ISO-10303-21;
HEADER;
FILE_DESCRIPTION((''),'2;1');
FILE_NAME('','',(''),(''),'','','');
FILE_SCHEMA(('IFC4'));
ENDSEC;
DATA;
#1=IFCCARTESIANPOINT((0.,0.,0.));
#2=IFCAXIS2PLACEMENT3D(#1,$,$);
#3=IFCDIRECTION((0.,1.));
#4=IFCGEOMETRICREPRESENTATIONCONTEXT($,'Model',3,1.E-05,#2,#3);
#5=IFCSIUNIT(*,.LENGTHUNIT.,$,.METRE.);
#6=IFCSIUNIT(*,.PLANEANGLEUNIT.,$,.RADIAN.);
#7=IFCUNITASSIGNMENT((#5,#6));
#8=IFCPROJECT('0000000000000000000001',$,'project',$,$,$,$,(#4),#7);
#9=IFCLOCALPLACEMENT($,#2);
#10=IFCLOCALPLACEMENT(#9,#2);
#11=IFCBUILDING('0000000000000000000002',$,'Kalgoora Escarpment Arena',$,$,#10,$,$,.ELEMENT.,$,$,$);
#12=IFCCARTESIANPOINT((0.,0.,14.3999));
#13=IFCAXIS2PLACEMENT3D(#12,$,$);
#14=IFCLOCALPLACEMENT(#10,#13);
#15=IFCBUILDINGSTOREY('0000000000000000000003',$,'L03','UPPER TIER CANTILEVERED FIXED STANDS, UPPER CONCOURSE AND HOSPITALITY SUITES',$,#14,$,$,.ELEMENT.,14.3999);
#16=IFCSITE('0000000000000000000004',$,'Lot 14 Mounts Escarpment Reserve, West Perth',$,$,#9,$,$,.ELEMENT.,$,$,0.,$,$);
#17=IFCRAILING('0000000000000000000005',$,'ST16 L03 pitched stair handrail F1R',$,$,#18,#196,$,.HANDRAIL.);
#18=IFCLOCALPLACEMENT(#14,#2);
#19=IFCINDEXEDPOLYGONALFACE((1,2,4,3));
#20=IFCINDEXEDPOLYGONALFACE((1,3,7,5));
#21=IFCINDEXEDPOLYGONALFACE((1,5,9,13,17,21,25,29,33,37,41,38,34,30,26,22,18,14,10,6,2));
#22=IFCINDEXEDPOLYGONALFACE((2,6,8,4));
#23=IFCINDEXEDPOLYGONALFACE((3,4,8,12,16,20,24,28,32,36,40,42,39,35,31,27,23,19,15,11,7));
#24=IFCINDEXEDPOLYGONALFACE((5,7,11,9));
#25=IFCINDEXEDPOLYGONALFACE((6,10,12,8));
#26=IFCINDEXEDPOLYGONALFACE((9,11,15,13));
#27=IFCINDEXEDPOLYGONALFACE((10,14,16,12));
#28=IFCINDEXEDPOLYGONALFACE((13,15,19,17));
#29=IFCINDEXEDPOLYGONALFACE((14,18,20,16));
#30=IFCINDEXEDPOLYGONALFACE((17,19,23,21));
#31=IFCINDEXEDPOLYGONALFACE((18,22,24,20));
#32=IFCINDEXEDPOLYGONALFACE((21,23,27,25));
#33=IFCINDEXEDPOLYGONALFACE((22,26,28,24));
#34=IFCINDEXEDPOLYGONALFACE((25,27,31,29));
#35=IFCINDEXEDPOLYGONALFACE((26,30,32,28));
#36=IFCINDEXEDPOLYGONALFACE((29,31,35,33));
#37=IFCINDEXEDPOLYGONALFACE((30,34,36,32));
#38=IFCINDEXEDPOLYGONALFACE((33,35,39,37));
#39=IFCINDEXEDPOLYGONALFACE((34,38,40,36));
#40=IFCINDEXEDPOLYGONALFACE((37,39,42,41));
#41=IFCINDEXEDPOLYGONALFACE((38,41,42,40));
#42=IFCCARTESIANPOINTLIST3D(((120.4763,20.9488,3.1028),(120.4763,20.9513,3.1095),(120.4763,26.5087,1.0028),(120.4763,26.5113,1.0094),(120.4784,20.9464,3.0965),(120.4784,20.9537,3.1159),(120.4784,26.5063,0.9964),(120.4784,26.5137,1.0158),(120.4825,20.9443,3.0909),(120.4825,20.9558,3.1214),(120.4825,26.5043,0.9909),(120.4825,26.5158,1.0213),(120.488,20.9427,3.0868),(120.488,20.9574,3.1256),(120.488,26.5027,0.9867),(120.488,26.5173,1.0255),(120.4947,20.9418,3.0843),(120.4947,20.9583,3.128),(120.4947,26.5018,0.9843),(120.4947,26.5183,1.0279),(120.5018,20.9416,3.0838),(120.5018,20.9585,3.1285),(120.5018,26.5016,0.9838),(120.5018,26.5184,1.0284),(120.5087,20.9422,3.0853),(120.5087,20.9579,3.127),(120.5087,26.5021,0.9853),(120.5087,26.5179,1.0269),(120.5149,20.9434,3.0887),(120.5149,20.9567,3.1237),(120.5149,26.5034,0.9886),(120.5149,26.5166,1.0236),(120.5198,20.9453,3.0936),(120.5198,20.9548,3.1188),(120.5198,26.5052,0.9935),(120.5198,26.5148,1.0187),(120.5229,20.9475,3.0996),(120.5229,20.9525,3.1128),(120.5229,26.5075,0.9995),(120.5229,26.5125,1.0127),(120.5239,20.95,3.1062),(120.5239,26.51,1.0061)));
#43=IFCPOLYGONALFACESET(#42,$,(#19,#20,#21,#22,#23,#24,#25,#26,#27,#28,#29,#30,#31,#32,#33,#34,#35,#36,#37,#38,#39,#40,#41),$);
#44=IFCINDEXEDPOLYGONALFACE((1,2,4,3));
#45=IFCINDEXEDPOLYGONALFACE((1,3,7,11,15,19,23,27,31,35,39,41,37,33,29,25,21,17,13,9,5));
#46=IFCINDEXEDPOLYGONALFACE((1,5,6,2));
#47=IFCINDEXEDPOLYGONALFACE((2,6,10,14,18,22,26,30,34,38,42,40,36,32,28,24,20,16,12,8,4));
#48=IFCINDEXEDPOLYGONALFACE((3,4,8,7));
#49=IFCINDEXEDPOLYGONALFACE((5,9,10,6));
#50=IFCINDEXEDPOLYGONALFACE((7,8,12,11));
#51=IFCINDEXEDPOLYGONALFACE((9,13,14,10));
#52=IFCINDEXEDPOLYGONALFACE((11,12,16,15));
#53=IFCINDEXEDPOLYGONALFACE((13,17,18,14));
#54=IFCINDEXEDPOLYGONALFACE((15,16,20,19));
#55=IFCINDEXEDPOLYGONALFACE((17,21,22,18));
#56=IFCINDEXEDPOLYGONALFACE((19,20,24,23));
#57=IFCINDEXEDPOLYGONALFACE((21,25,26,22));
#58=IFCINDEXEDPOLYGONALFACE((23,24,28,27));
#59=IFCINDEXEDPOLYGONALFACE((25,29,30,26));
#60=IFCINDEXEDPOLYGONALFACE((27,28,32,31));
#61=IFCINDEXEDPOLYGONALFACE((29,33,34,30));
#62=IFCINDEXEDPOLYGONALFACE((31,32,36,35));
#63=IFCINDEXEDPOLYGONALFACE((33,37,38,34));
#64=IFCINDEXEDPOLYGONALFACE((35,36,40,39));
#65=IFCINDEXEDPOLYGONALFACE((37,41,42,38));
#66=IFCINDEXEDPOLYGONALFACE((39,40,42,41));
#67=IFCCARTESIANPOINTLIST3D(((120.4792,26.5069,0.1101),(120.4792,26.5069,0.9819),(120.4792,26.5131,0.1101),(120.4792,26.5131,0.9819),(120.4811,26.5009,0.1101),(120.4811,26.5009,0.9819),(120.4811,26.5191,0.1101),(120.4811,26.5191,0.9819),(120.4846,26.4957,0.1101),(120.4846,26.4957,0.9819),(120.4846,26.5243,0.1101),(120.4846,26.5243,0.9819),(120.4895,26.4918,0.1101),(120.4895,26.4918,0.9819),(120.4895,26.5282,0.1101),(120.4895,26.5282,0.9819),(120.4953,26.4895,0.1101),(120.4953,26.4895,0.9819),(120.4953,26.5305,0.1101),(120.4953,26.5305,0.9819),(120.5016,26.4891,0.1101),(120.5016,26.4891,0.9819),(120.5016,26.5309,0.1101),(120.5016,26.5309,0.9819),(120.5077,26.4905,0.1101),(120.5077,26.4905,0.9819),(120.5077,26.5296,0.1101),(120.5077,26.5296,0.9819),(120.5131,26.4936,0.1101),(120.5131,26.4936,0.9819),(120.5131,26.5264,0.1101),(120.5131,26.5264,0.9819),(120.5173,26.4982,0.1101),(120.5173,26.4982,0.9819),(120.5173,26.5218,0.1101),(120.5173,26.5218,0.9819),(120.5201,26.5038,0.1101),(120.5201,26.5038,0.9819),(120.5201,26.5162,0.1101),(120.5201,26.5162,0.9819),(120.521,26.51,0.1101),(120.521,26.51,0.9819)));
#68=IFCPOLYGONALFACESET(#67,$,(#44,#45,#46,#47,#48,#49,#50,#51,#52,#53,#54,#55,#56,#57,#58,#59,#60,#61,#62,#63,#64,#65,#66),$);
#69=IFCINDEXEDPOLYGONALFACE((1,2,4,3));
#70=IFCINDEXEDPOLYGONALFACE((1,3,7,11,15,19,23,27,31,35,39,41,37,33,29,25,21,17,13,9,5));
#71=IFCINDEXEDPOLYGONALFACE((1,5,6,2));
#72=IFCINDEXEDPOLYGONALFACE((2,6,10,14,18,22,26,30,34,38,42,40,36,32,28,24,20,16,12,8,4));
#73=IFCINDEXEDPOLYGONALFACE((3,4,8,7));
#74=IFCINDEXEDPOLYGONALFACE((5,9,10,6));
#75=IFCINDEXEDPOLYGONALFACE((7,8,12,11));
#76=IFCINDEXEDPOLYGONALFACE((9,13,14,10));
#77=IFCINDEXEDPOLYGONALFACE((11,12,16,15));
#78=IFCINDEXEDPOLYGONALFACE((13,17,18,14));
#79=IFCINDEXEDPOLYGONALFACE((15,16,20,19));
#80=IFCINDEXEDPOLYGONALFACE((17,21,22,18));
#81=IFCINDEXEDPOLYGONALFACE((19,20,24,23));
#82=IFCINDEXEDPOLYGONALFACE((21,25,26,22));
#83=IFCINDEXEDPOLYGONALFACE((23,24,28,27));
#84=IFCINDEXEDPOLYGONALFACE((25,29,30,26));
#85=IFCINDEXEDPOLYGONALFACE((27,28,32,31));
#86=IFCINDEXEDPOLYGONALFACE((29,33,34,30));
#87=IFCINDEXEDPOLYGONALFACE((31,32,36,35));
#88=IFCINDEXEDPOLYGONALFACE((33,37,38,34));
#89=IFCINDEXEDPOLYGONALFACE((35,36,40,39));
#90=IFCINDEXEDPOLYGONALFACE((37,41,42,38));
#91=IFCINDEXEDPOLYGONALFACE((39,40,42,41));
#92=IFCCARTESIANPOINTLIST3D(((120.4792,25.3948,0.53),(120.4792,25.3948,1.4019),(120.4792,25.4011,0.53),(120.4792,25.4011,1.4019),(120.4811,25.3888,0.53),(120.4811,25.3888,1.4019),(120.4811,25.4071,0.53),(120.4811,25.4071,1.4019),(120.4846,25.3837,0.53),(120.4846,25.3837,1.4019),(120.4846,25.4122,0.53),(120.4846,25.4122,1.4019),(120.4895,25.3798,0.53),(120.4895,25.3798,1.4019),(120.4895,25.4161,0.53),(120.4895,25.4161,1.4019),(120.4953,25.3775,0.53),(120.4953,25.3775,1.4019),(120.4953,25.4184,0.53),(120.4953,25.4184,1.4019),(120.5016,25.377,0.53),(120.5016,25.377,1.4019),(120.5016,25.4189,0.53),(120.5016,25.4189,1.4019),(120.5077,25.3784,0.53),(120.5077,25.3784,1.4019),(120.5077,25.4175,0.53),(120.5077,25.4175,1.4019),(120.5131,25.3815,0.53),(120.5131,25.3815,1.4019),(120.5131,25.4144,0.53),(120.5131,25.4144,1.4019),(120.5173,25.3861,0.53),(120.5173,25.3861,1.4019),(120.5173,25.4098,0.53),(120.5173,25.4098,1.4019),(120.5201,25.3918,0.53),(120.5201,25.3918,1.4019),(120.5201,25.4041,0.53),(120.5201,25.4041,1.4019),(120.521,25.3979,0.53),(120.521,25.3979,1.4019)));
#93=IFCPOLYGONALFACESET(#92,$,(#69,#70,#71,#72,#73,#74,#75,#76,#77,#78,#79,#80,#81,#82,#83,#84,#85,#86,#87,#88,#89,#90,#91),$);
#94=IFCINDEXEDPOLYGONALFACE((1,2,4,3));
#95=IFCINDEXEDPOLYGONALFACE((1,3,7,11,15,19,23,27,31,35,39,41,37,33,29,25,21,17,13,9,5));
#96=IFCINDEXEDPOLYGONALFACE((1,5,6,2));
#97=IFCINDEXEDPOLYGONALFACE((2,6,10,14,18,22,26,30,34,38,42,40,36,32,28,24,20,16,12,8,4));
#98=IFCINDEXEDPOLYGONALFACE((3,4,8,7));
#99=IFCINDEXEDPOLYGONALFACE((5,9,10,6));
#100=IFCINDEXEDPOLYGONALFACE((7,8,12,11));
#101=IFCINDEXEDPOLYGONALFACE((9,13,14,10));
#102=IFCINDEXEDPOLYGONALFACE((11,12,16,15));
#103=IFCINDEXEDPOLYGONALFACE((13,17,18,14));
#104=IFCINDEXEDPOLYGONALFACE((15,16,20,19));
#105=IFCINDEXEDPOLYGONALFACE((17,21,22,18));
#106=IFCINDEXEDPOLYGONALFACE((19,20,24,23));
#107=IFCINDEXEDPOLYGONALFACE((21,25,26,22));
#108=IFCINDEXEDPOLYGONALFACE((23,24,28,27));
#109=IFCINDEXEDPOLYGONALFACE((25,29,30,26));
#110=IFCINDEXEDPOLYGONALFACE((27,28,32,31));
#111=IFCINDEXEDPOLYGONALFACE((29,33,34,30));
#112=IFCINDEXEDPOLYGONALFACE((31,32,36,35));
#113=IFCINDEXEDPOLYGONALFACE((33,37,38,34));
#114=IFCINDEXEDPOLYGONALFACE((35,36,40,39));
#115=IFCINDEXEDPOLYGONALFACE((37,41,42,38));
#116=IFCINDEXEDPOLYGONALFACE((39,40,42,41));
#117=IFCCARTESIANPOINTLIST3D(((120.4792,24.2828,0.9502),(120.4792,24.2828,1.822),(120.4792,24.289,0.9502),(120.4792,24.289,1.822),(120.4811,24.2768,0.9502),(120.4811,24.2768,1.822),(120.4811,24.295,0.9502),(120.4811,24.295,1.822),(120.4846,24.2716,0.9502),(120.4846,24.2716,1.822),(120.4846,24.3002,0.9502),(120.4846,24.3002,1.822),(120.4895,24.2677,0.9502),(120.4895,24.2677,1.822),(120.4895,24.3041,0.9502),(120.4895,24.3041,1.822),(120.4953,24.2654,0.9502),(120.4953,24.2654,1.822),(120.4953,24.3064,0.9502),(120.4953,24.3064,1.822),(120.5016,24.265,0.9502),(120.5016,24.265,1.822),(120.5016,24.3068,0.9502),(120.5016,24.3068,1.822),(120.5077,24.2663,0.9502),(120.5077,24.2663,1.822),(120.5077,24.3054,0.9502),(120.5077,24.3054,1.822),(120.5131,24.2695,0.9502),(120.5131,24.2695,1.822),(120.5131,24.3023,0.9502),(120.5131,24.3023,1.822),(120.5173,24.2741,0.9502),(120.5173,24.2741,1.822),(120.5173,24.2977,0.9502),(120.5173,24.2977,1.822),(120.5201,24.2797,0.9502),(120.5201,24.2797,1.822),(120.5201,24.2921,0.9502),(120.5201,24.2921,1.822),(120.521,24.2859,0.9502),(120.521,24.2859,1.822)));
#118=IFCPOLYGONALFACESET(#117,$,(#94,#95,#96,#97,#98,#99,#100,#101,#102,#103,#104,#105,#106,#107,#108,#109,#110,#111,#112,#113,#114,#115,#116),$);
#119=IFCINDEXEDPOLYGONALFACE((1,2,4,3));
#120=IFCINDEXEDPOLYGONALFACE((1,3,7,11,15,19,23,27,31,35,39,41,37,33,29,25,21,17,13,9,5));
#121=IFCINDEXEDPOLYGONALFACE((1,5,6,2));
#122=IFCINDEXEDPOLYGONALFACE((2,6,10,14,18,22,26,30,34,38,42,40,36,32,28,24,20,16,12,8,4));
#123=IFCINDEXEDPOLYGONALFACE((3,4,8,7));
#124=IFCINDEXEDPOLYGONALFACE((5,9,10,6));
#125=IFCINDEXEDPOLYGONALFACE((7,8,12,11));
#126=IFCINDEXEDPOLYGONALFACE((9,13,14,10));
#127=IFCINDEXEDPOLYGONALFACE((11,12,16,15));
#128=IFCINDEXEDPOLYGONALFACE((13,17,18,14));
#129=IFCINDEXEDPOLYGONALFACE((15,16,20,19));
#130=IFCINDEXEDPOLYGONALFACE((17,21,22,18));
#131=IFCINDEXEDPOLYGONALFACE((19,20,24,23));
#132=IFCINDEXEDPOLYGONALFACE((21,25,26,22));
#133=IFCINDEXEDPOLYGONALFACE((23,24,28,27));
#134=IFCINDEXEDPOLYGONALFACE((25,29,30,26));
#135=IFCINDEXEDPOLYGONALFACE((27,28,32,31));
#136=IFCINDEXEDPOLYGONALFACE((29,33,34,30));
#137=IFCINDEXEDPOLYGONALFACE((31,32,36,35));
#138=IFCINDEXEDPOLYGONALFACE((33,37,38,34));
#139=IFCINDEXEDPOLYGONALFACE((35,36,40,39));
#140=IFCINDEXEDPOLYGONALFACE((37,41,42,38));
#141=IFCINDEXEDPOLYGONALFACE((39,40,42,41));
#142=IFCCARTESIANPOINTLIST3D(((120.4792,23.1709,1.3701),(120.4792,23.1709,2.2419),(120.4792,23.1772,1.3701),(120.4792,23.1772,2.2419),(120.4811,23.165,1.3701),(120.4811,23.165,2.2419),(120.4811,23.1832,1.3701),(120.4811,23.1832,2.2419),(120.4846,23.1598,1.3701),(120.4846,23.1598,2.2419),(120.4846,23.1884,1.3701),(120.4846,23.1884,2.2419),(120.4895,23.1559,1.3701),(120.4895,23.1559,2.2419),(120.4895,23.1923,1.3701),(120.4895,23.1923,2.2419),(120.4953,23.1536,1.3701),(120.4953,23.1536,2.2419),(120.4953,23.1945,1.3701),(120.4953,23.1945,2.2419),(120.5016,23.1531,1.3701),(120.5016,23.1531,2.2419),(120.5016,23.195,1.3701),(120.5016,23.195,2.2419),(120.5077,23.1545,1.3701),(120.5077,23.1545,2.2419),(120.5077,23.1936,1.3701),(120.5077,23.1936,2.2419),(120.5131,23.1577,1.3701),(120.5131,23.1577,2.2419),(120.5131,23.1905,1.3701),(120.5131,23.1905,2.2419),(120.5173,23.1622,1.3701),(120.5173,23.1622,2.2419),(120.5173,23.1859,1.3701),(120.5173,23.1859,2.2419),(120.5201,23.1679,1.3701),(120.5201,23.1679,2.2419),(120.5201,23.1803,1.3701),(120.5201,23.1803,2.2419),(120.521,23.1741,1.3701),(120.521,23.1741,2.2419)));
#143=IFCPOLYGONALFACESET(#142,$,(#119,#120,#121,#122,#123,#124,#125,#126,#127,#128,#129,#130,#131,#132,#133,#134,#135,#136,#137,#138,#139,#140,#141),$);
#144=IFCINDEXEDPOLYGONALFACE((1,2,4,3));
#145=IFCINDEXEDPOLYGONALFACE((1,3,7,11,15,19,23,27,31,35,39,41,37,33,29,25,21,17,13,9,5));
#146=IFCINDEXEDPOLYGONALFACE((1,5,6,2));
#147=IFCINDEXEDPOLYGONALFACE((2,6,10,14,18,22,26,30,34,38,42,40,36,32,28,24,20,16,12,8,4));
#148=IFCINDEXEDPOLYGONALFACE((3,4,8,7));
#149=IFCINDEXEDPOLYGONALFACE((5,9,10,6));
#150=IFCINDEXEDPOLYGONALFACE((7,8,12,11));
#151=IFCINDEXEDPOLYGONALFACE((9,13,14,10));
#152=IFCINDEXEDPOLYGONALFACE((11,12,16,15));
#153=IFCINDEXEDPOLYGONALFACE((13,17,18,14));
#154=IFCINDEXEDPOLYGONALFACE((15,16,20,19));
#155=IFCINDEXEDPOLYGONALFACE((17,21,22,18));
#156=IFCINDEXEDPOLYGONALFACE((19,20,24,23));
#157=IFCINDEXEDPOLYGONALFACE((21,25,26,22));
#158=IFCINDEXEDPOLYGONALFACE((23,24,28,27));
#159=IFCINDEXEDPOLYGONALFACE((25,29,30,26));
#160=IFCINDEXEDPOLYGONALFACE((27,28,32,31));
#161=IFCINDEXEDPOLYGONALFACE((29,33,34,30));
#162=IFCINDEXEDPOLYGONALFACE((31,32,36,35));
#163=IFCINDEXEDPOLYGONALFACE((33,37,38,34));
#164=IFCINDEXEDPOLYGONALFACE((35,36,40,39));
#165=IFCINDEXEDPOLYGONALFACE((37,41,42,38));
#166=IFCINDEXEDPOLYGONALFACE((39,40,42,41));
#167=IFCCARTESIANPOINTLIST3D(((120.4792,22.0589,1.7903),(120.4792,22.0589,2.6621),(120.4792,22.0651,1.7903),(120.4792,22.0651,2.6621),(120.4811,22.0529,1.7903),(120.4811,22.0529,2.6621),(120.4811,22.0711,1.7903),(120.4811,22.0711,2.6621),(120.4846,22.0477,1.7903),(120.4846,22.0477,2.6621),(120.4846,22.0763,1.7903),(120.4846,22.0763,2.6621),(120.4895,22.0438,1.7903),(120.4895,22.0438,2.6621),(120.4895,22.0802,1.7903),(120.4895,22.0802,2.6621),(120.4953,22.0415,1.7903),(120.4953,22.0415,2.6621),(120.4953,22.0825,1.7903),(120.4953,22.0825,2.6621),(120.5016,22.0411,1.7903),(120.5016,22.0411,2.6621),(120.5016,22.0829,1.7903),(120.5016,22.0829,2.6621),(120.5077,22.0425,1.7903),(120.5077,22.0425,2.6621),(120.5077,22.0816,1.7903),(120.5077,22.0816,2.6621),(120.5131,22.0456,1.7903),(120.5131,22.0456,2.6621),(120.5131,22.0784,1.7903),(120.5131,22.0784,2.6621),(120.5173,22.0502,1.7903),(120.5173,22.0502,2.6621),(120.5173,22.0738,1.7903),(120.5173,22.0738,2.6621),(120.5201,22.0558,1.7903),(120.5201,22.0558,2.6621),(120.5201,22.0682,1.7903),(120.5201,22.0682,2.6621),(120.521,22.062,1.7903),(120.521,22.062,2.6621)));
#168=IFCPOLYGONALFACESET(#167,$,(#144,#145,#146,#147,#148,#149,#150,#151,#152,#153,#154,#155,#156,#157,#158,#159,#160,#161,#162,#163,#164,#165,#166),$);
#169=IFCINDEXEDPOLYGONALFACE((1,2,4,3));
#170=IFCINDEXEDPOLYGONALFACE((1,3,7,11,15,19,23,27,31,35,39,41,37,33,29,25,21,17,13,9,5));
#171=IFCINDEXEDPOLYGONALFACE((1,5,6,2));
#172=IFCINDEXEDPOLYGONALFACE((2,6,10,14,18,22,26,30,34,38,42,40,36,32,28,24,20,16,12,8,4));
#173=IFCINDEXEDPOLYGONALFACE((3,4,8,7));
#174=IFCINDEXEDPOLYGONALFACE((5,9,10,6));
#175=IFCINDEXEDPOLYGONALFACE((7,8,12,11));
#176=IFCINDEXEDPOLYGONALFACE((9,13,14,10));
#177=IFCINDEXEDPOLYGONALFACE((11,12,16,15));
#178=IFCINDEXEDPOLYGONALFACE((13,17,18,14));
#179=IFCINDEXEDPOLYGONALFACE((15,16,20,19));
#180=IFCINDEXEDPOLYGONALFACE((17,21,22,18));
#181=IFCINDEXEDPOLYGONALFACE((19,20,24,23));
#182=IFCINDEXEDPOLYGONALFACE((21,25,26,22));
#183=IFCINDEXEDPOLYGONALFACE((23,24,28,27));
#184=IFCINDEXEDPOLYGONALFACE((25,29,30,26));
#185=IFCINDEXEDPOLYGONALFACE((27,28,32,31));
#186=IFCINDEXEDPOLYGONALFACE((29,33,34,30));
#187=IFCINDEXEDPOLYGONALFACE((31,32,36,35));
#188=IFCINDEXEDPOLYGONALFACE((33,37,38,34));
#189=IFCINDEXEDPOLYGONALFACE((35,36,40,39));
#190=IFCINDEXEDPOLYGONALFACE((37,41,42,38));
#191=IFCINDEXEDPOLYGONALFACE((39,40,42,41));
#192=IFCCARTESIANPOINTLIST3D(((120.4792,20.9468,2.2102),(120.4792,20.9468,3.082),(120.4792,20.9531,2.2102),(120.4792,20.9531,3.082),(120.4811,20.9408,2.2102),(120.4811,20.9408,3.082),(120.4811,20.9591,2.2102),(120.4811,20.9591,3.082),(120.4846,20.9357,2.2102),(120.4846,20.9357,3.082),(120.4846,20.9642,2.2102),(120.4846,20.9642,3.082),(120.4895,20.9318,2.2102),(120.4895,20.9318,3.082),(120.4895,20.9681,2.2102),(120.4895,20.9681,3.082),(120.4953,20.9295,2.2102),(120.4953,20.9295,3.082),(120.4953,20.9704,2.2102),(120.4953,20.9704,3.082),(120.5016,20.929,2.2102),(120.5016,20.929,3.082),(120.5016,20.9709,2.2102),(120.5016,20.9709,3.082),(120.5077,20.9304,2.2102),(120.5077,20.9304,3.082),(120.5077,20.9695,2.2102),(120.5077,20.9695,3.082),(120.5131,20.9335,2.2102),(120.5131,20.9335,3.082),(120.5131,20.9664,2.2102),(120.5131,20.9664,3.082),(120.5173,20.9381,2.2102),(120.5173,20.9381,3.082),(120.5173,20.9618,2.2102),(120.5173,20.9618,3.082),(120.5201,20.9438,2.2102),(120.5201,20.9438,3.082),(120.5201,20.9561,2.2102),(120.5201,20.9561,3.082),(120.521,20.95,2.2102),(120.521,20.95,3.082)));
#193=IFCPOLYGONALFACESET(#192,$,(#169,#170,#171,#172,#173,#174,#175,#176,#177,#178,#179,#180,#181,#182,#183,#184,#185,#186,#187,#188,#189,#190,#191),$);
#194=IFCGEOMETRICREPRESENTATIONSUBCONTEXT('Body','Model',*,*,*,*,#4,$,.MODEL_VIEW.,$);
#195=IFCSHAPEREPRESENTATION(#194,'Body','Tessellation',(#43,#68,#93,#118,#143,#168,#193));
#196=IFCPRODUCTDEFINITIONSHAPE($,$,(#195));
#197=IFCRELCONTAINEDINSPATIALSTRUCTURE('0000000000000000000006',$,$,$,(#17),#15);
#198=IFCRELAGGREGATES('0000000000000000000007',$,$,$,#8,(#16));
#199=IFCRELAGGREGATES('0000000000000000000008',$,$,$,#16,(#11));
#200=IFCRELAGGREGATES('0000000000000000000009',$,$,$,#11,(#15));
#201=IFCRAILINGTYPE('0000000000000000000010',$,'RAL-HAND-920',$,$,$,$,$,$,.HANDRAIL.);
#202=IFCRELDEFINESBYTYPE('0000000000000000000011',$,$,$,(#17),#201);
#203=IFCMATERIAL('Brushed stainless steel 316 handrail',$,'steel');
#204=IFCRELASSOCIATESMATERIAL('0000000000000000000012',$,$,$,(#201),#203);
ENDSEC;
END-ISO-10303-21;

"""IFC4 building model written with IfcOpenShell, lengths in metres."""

from ifc_helpers import new_model, si_unit, direction, frame, origin, origin_2d, place, context, subcontext, project, spatial, circle, extrude, material, type_object, element, save


model = new_model("IFC4")

# Units and contexts
model_context = context("Model", 3, precision=1e-05, world=origin(), true_north=direction((0.0, 1.0)))
body_context = subcontext(model_context, "Body", "Model", "MODEL_VIEW")
ifc_project = project(units=[si_unit("LENGTHUNIT", "METRE"), si_unit("PLANEANGLEUNIT", "RADIAN")], contexts=[model_context])

# Site, building, storey
site_placement = place(None, origin())
site = spatial("IfcSite", under=ifc_project, at=site_placement, Name="Lot 14 Mounts Escarpment Reserve, West Perth", CompositionType="ELEMENT", RefElevation=0.0)
building_placement = place(site_placement, origin())
building = spatial("IfcBuilding", under=site, at=building_placement, Name="Kalgoora Escarpment Arena", CompositionType="ELEMENT")
storey_placement = place(building_placement, frame((0.0, 0.0, 14.3999)))
storey = spatial("IfcBuildingStorey", under=building, at=storey_placement, Name="L03", Description="UPPER TIER CANTILEVERED FIXED STANDS, UPPER CONCOURSE AND HOSPITALITY SUITES", CompositionType="ELEMENT", Elevation=14.3999)

# Railing
ifc_material_1 = material(Name="Brushed stainless steel 316 handrail", Category="steel")
railing_type_1 = type_object("IfcRailingType", Name="RAL-HAND-920", PredefinedType="HANDRAIL", material=ifc_material_1)
for number, where, name in (
    (1, (120.5, 26.51, 0.1101), "ST16 L03 pitched stair handrail F1R"),
):
    element("IfcRailing", number, at=place(storey_placement, frame(where)), inside=storey, type_object=railing_type_1, Name=name, PredefinedType="HANDRAIL", context=body_context, shape_type="SweptSolid", body=[
        extrude(circle(Radius=0.0239, at=origin_2d()), frame((0.0, 0.0, 0.896), z_axis=(0.0, -0.935493, 0.353346), x_axis=(1.0, 0.0, 0.0)), (0.0, 0.0, 1.0), 5.9434),
        extrude(circle(Radius=0.021, at=origin_2d()), origin(), (0.0, 0.0, 1.0), 0.8718),
        extrude(circle(Radius=0.021, at=origin_2d()), frame((0.0, -1.1121, 0.4199)), (0.0, 0.0, 1.0), 0.8718),
        extrude(circle(Radius=0.021, at=origin_2d()), frame((0.0, -2.2241, 0.8401)), (0.0, 0.0, 1.0), 0.8718),
        extrude(circle(Radius=0.021, at=origin_2d()), frame((0.0, -3.3359, 1.26)), (0.0, 0.0, 1.0), 0.8718),
        extrude(circle(Radius=0.021, at=origin_2d()), frame((0.0, -4.448, 1.6802)), (0.0, 0.0, 1.0), 0.8718),
        extrude(circle(Radius=0.021, at=origin_2d()), frame((0.0, -5.5601, 2.1001)), (0.0, 0.0, 1.0), 0.8718),
    ])

save(model, "model.ifc")
